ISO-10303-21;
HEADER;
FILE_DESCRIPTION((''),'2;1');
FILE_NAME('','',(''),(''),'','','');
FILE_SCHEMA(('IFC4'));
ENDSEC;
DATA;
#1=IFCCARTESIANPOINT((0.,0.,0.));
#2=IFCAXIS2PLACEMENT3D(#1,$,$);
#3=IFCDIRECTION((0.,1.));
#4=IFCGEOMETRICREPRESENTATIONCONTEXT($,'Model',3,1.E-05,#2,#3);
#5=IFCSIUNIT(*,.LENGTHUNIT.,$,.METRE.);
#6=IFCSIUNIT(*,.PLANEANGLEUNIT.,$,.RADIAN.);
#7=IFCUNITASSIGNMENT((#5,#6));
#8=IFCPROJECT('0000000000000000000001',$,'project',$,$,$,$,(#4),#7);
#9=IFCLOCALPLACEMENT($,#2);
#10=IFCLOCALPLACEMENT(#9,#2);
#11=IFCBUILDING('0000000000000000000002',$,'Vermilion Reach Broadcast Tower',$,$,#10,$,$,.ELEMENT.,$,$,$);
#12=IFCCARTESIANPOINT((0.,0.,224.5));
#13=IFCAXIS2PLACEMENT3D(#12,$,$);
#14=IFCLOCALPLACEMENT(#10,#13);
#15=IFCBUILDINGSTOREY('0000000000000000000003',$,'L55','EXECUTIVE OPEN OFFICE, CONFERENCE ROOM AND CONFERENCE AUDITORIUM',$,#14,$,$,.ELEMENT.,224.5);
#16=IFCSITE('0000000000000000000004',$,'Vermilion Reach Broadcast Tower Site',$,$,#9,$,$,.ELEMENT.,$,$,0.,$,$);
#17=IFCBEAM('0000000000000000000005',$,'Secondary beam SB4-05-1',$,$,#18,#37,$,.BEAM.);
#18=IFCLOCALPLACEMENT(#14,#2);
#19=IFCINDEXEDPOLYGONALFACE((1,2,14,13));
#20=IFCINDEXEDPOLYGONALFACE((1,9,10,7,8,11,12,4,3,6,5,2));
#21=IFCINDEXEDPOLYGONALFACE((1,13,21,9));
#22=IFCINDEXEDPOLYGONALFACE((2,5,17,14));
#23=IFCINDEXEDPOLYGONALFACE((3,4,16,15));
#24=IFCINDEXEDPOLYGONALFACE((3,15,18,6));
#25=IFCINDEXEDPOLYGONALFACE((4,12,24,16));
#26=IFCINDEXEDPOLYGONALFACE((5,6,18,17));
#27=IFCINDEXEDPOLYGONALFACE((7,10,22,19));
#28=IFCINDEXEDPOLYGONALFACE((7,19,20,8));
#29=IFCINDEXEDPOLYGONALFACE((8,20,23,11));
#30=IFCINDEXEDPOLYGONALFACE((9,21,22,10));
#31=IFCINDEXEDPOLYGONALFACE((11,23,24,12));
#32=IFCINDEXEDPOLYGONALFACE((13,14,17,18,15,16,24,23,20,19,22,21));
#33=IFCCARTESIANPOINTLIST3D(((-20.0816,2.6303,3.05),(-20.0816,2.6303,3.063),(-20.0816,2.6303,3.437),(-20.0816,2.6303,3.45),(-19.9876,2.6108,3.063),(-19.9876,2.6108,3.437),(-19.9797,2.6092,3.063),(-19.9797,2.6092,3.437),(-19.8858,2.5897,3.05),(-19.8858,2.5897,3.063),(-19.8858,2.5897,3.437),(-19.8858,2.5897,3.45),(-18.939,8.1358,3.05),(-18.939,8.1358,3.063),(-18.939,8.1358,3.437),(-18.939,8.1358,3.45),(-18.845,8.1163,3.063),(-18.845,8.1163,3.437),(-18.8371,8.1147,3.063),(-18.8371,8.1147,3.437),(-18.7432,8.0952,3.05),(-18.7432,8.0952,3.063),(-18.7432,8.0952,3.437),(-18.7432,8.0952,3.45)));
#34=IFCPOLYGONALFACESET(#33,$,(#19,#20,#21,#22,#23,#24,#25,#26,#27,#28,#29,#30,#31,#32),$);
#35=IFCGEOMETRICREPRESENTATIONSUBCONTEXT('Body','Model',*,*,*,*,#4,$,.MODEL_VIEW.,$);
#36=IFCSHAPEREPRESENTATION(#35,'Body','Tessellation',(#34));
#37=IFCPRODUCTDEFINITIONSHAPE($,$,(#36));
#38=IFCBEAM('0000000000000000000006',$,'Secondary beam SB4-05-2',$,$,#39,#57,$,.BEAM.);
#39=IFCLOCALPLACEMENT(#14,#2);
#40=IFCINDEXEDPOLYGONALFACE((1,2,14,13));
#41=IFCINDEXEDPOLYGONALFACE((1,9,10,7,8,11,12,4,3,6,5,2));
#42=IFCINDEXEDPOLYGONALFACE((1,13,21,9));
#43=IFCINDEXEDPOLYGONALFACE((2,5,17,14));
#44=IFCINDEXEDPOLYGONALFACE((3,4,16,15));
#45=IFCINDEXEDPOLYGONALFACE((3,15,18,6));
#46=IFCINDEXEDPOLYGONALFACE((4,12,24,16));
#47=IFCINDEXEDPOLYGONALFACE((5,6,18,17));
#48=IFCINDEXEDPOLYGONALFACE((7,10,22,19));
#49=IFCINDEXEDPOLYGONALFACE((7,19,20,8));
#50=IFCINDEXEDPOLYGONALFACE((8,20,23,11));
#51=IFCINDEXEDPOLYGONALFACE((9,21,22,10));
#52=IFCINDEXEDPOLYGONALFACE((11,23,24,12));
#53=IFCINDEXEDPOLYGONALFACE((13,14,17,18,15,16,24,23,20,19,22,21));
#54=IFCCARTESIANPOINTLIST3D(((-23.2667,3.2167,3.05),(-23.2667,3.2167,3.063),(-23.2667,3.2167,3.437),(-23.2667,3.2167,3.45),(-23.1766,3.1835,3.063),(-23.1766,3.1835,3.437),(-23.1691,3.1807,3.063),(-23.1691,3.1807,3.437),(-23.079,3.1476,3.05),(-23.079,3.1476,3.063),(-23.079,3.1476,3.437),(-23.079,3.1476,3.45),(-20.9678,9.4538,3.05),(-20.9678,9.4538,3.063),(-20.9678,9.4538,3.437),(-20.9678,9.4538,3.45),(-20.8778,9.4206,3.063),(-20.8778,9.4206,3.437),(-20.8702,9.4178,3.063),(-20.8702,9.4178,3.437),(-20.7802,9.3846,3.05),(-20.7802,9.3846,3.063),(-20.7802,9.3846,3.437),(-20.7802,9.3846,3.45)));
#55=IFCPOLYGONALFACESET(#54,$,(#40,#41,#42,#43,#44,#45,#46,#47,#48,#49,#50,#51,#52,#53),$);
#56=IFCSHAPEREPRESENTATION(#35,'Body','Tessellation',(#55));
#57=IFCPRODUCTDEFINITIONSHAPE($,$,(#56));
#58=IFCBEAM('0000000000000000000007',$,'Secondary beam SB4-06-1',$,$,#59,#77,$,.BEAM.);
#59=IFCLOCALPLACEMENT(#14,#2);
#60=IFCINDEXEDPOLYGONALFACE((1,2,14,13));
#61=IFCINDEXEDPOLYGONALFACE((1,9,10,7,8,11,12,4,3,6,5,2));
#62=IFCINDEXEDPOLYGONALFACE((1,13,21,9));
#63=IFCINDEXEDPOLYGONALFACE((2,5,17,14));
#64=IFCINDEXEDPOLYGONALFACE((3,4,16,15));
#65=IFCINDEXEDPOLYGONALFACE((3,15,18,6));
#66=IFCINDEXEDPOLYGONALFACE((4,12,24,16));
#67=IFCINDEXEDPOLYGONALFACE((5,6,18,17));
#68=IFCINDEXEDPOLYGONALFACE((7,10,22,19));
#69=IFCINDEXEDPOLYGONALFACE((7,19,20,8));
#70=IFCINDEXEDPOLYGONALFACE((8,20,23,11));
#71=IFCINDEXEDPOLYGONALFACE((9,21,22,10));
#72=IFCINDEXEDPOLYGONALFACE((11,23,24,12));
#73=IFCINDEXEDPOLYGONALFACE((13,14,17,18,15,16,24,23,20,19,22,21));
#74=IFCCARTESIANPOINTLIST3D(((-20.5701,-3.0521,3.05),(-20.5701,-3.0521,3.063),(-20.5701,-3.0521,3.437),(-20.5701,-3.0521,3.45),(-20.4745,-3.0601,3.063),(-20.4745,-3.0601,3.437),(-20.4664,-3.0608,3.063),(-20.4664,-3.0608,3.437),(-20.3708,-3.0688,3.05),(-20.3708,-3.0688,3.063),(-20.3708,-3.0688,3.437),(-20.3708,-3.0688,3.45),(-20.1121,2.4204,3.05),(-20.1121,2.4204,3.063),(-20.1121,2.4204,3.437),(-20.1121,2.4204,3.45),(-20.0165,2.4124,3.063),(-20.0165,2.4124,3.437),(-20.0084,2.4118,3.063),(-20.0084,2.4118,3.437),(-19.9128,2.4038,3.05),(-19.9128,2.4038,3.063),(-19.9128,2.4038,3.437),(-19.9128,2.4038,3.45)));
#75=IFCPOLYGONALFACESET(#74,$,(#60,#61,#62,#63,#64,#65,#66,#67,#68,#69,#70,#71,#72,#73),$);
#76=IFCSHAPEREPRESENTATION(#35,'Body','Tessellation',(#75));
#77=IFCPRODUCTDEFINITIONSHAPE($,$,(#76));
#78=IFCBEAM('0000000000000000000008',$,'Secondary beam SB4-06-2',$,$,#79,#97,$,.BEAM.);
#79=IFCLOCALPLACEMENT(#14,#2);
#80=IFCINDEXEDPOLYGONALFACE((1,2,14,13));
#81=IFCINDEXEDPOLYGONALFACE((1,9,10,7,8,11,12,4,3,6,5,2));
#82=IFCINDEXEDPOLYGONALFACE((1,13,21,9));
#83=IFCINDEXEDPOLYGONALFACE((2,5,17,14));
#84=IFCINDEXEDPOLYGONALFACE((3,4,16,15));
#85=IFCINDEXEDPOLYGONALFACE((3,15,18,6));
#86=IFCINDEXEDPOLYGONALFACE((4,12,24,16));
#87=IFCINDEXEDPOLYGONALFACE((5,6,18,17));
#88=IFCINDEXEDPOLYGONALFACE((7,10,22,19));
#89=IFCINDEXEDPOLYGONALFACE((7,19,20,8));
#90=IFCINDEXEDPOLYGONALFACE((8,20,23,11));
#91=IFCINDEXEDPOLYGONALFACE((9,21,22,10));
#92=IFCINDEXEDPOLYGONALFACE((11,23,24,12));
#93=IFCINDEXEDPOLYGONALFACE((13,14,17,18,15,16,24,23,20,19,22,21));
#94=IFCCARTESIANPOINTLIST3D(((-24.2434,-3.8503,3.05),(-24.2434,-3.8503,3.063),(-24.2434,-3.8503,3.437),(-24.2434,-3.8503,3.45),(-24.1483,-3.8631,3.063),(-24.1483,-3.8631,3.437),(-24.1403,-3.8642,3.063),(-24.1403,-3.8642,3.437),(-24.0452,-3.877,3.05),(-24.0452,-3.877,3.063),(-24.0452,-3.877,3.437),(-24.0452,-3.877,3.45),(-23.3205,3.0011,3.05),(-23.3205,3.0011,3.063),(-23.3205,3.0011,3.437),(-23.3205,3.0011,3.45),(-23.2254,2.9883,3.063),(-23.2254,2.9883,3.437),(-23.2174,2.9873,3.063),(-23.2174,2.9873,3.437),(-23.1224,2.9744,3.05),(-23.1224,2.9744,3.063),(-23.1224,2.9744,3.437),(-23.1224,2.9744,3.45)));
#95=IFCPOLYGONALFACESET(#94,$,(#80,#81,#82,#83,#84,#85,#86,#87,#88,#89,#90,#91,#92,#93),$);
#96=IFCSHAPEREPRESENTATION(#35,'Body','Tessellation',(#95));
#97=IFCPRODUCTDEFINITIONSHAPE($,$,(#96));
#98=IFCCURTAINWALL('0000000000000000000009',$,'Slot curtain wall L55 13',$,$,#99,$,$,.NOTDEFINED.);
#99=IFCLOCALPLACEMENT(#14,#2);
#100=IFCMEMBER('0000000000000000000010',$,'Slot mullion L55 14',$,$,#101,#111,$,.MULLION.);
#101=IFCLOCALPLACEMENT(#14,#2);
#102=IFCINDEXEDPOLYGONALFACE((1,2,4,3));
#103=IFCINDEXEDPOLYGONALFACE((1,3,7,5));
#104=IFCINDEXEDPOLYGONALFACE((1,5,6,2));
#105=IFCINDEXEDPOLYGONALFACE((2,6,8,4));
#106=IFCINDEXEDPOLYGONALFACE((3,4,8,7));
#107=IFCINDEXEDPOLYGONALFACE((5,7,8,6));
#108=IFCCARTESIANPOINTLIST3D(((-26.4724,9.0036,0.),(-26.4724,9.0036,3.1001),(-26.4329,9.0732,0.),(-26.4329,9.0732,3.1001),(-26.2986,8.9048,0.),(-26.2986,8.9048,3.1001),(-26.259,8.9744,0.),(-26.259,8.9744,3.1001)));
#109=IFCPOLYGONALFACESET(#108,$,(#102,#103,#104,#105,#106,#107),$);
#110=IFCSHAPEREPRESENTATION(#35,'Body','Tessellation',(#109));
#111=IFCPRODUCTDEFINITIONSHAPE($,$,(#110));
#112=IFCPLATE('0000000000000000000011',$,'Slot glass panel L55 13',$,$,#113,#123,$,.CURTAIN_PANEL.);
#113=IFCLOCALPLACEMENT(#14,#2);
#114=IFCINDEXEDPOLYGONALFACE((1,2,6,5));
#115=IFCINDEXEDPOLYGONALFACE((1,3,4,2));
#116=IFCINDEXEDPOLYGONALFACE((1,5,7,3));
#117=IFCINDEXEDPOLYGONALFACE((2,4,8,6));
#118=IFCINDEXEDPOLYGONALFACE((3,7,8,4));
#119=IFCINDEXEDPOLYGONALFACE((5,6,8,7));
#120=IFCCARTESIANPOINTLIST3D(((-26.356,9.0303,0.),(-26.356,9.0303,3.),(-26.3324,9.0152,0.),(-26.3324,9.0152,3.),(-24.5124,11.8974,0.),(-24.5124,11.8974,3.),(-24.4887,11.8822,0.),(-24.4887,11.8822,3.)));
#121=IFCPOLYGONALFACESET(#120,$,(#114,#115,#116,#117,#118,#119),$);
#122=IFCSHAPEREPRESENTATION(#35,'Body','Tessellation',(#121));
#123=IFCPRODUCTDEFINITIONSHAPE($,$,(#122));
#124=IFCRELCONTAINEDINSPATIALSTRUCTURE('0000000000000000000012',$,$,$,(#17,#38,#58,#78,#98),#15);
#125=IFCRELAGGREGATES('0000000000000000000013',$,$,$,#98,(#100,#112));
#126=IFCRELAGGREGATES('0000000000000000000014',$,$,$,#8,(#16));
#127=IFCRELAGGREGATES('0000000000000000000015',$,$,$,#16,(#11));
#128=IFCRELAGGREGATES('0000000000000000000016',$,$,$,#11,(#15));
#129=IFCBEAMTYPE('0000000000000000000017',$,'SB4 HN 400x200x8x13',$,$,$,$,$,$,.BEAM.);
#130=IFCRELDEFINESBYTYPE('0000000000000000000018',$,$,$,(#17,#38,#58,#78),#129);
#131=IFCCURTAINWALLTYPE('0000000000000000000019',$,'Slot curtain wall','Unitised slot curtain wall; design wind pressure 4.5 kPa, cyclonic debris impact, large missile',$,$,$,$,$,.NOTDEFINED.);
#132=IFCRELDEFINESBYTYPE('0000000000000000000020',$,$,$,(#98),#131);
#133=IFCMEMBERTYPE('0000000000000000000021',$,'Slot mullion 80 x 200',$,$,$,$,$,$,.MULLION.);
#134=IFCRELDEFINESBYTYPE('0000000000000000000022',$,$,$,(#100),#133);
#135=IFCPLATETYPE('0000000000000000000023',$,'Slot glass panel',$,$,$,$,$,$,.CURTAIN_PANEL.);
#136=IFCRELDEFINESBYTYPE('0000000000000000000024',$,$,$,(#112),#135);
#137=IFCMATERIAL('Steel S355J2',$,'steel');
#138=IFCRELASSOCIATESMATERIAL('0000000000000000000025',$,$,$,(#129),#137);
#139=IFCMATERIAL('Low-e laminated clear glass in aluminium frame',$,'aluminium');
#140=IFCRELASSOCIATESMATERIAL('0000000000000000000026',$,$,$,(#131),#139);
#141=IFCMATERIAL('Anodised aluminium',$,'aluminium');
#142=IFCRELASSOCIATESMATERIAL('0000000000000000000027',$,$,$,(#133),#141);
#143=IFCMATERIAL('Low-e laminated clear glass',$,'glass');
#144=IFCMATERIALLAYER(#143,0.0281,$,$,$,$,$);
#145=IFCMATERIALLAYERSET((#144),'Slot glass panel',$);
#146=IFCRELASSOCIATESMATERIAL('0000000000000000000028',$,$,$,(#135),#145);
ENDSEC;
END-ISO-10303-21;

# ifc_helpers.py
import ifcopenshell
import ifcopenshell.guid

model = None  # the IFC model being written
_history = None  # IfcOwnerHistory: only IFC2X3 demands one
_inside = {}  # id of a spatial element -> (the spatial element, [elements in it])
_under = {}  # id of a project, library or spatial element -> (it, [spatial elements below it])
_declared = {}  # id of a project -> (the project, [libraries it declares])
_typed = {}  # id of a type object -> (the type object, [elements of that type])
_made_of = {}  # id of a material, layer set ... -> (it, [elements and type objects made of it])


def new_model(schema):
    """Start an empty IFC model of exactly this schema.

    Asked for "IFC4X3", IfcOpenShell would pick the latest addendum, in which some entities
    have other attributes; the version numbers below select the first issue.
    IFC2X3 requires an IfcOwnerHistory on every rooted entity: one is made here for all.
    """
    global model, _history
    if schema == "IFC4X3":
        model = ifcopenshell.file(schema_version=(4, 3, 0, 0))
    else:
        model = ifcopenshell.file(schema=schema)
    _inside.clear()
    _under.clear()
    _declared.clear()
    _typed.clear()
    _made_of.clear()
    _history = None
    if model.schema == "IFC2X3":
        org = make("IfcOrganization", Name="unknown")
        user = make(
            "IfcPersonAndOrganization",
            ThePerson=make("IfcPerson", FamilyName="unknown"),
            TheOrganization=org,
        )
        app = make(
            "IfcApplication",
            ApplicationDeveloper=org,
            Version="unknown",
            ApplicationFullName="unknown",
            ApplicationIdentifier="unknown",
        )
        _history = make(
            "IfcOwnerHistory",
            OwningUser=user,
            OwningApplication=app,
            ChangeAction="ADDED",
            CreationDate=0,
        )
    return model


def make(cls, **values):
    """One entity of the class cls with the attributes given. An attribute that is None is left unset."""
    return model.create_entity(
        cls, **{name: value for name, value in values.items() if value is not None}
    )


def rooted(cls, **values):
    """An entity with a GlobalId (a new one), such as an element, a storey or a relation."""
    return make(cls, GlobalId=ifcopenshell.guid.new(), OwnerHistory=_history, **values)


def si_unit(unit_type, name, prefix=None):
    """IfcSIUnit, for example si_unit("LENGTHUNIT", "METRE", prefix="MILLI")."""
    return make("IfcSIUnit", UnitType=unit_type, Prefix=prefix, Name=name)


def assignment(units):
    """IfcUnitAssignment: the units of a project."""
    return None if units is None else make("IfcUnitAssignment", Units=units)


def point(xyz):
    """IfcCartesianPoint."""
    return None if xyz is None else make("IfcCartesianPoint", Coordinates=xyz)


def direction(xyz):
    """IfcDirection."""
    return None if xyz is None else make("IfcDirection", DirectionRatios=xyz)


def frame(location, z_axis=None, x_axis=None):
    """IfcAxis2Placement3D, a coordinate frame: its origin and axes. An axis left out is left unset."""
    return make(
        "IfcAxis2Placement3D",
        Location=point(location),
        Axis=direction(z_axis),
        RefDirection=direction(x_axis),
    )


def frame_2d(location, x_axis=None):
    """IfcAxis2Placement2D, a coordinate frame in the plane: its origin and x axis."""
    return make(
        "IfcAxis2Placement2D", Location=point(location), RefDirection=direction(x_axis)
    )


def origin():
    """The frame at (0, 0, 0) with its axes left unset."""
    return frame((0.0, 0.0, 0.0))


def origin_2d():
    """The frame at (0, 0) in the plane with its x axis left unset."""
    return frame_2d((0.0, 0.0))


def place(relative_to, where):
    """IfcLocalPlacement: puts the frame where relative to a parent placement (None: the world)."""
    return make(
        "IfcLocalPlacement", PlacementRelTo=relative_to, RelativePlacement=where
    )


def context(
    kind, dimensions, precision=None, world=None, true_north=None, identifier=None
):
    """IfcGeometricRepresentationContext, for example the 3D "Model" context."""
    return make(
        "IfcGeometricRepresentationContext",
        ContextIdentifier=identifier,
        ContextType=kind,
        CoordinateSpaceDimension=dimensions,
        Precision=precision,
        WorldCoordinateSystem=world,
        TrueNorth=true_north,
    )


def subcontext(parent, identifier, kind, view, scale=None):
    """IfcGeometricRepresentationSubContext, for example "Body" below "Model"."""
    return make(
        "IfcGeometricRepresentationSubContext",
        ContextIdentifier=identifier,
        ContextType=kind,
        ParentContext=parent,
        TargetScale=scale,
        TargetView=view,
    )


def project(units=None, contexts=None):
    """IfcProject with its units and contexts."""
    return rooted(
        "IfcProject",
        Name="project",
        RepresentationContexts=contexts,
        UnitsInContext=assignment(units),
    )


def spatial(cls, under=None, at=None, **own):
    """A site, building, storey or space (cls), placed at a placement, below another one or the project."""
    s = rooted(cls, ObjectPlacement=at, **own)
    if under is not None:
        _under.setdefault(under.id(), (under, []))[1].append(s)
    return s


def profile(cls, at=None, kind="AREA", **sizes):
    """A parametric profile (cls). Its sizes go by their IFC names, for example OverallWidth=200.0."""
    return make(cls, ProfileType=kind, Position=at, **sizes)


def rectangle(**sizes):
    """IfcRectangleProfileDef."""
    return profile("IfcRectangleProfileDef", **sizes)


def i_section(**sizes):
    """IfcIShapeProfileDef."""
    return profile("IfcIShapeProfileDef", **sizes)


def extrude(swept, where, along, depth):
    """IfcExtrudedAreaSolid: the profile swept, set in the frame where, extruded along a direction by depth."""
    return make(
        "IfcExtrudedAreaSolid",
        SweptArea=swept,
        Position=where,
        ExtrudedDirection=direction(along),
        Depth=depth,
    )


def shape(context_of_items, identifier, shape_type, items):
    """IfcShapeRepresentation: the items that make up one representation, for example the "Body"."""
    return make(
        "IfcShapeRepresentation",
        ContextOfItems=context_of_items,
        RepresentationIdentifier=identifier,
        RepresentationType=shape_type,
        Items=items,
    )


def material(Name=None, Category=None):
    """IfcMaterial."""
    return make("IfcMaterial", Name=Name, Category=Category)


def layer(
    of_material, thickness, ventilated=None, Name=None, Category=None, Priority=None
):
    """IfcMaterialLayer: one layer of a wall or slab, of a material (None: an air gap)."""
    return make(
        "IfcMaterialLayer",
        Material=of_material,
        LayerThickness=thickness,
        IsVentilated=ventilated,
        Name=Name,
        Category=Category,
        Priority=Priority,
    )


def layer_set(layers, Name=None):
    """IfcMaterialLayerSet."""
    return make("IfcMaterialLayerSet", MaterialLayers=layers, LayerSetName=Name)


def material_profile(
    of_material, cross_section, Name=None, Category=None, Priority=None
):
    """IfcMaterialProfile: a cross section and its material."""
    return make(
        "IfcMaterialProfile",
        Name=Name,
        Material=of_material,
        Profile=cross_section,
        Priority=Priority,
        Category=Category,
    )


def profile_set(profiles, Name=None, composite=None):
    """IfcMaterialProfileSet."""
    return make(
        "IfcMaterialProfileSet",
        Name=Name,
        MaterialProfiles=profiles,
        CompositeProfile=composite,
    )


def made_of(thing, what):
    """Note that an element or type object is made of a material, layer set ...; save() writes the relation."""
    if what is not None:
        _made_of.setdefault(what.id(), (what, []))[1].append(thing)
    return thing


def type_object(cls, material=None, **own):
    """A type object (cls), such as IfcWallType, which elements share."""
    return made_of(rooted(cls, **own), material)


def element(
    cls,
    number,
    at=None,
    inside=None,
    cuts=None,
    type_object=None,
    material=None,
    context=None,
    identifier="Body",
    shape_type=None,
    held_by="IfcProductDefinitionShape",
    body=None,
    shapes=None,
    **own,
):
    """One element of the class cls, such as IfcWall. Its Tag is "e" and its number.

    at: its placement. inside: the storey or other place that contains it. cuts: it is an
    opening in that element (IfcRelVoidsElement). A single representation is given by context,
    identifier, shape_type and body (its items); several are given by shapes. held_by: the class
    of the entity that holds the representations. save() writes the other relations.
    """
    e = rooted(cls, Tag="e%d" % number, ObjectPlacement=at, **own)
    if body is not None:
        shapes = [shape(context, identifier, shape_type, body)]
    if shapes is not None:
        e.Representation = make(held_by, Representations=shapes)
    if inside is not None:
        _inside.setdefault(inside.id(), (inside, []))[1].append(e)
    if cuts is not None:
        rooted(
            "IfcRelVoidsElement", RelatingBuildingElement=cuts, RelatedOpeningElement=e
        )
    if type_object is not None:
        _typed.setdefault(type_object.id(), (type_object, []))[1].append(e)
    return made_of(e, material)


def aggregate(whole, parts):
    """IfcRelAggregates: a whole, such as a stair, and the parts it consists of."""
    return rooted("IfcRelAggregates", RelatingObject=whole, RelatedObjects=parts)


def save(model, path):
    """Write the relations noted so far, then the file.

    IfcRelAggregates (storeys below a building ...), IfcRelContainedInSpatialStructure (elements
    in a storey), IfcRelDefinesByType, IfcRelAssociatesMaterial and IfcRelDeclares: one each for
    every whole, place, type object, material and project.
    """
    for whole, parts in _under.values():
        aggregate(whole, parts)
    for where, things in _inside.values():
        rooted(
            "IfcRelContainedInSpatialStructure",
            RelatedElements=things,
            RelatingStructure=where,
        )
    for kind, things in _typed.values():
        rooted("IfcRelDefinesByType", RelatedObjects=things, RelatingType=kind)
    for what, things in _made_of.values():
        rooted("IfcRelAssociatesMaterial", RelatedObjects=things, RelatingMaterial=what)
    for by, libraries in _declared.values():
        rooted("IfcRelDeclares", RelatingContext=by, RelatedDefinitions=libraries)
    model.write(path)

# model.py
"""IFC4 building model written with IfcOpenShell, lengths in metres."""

from ifc_helpers import new_model, si_unit, direction, frame, origin, origin_2d, place, context, subcontext, project, spatial, rectangle, i_section, extrude, material, layer, layer_set, material_profile, profile_set, type_object, element, aggregate, save


model = new_model("IFC4")

# Units and contexts
model_context = context("Model", 3, precision=1e-05, world=origin(), true_north=direction((0.0, 1.0)))
body_context = subcontext(model_context, "Body", "Model", "MODEL_VIEW")
ifc_project = project(units=[si_unit("LENGTHUNIT", "METRE"), si_unit("PLANEANGLEUNIT", "RADIAN")], contexts=[model_context])

# Site, building, storey
site_placement = place(None, origin())
site = spatial("IfcSite", under=ifc_project, at=site_placement, Name="Vermilion Reach Broadcast Tower Site", CompositionType="ELEMENT", RefElevation=0.0)
building_placement = place(site_placement, origin())
building = spatial("IfcBuilding", under=site, at=building_placement, Name="Vermilion Reach Broadcast Tower", CompositionType="ELEMENT")
storey_placement = place(building_placement, frame((0.0, 0.0, 224.5)))
storey = spatial("IfcBuildingStorey", under=building, at=storey_placement, Name="L55", Description="EXECUTIVE OPEN OFFICE, CONFERENCE ROOM AND CONFERENCE AUDITORIUM", CompositionType="ELEMENT", Elevation=224.5)

# Beams
ifc_material_1 = material(Name="Steel S355J2", Category="steel")
ifc_material_profile_1 = material_profile(ifc_material_1, i_section(OverallWidth=0.2, OverallDepth=0.3999, WebThickness=0.0081, FlangeThickness=0.0129, at=origin_2d()), Name="S355J2 HN 400x200x8x13")
ifc_profile_set_1 = profile_set([ifc_material_profile_1], Name="Steel S355J2")
beam_type_1 = type_object("IfcBeamType", Name="SB4 HN 400x200x8x13", PredefinedType="BEAM", material=ifc_profile_set_1)
beam_1_placement = place(storey_placement, frame((-18.8411, 8.1155, 3.25), z_axis=(-0.203209, -0.979135, 0.0), x_axis=(0.979135, -0.203209, 0.0)))
element("IfcBeam", 1, at=beam_1_placement, inside=storey, type_object=beam_type_1, Name="Secondary beam SB4-05-1", PredefinedType="BEAM", context=body_context, shape_type="SweptSolid", body=[
    extrude(i_section(OverallWidth=0.2, OverallDepth=0.3999, WebThickness=0.0081, FlangeThickness=0.0129, at=origin_2d()), origin(), (0.0, 0.0, 1.0), 5.6228),
])
beam_2_placement = place(storey_placement, frame((-20.874, 9.4192, 3.25), z_axis=(-0.345833, -0.938296, 0.0), x_axis=(0.938296, -0.345833, 0.0)))
element("IfcBeam", 2, at=beam_2_placement, inside=storey, type_object=beam_type_1, Name="Secondary beam SB4-05-2", PredefinedType="BEAM", context=body_context, shape_type="SweptSolid", body=[
    extrude(i_section(OverallWidth=0.2, OverallDepth=0.3999, WebThickness=0.0081, FlangeThickness=0.0129, at=origin_2d()), origin(), (0.0, 0.0, 1.0), 6.6472),
])
beam_3_placement = place(storey_placement, frame((-20.0125, 2.4121, 3.25), z_axis=(-0.083399, -0.996516, 0.0), x_axis=(0.996516, -0.083399, 0.0)))
element("IfcBeam", 3, at=beam_3_placement, inside=storey, type_object=beam_type_1, Name="Secondary beam SB4-06-1", PredefinedType="BEAM", context=body_context, shape_type="SweptSolid", body=[
    extrude(i_section(OverallWidth=0.2, OverallDepth=0.3999, WebThickness=0.0081, FlangeThickness=0.0129, at=origin_2d()), origin(), (0.0, 0.0, 1.0), 5.4917),
])
beam_4_placement = place(storey_placement, frame((-23.2214, 2.9878, 3.25), z_axis=(-0.133487, -0.991051, 0.0), x_axis=(0.991051, -0.133487, 0.0)))
element("IfcBeam", 4, at=beam_4_placement, inside=storey, type_object=beam_type_1, Name="Secondary beam SB4-06-2", PredefinedType="BEAM", context=body_context, shape_type="SweptSolid", body=[
    extrude(i_section(OverallWidth=0.2, OverallDepth=0.3999, WebThickness=0.0081, FlangeThickness=0.0129, at=origin_2d()), origin(), (0.0, 0.0, 1.0), 6.9133),
])

# Curtain wall, member, plate
ifc_material_2 = material(Name="Low-e laminated clear glass in aluminium frame", Category="aluminium")
curtain_wall_type = type_object("IfcCurtainWallType", Name="Slot curtain wall", Description="Unitised slot curtain wall; design wind pressure 4.5 kPa, cyclonic debris impact, large missile", PredefinedType="NOTDEFINED", material=ifc_material_2)
curtain_wall_placement = place(storey_placement, origin())
curtain_wall = element("IfcCurtainWall", 5, at=curtain_wall_placement, inside=storey, type_object=curtain_wall_type, Name="Slot curtain wall L55 13", PredefinedType="NOTDEFINED")
ifc_material_3 = material(Name="Anodised aluminium", Category="aluminium")
ifc_material_profile_2 = material_profile(ifc_material_3, rectangle(XDim=0.2, YDim=0.0801, at=origin_2d()), Name="Slot mullion 80 x 200")
ifc_profile_set_2 = profile_set([ifc_material_profile_2], Name="Anodised aluminium")
member_type = type_object("IfcMemberType", Name="Slot mullion 80 x 200", PredefinedType="MULLION", material=ifc_profile_set_2)
member_placement = place(storey_placement, frame((-26.3657, 8.989, 0.0), z_axis=(0.0, 0.0, 1.0), x_axis=(0.869503, -0.493927, 0.0)))
member = element("IfcMember", 6, at=member_placement, type_object=member_type, Name="Slot mullion L55 14", PredefinedType="MULLION", context=body_context, shape_type="SweptSolid", body=[
    extrude(rectangle(XDim=0.2, YDim=0.0801, at=origin_2d()), origin(), (0.0, 0.0, 1.0), 3.1001),
])
ifc_material_4 = material(Name="Low-e laminated clear glass", Category="glass")
ifc_layer_1 = layer(ifc_material_4, 0.0281)
ifc_layer_set_1 = layer_set([ifc_layer_1], Name="Slot glass panel")
plate_type = type_object("IfcPlateType", Name="Slot glass panel", PredefinedType="CURTAIN_PANEL", material=ifc_layer_set_1)
plate_placement = place(storey_placement, frame((-25.4224, 10.4563, 0.0), z_axis=(0.0, 0.0, 1.0), x_axis=(-0.540864, -0.84111, 0.0)))
plate = element("IfcPlate", 7, at=plate_placement, type_object=plate_type, Name="Slot glass panel L55 13", PredefinedType="CURTAIN_PANEL", context=body_context, shape_type="SweptSolid", body=[
    extrude(rectangle(XDim=3.4087, YDim=0.0281, at=origin_2d()), origin(), (0.0, 0.0, 1.0), 3.0),
])
aggregate(curtain_wall, [member, plate])

save(model, "model.ifc")
